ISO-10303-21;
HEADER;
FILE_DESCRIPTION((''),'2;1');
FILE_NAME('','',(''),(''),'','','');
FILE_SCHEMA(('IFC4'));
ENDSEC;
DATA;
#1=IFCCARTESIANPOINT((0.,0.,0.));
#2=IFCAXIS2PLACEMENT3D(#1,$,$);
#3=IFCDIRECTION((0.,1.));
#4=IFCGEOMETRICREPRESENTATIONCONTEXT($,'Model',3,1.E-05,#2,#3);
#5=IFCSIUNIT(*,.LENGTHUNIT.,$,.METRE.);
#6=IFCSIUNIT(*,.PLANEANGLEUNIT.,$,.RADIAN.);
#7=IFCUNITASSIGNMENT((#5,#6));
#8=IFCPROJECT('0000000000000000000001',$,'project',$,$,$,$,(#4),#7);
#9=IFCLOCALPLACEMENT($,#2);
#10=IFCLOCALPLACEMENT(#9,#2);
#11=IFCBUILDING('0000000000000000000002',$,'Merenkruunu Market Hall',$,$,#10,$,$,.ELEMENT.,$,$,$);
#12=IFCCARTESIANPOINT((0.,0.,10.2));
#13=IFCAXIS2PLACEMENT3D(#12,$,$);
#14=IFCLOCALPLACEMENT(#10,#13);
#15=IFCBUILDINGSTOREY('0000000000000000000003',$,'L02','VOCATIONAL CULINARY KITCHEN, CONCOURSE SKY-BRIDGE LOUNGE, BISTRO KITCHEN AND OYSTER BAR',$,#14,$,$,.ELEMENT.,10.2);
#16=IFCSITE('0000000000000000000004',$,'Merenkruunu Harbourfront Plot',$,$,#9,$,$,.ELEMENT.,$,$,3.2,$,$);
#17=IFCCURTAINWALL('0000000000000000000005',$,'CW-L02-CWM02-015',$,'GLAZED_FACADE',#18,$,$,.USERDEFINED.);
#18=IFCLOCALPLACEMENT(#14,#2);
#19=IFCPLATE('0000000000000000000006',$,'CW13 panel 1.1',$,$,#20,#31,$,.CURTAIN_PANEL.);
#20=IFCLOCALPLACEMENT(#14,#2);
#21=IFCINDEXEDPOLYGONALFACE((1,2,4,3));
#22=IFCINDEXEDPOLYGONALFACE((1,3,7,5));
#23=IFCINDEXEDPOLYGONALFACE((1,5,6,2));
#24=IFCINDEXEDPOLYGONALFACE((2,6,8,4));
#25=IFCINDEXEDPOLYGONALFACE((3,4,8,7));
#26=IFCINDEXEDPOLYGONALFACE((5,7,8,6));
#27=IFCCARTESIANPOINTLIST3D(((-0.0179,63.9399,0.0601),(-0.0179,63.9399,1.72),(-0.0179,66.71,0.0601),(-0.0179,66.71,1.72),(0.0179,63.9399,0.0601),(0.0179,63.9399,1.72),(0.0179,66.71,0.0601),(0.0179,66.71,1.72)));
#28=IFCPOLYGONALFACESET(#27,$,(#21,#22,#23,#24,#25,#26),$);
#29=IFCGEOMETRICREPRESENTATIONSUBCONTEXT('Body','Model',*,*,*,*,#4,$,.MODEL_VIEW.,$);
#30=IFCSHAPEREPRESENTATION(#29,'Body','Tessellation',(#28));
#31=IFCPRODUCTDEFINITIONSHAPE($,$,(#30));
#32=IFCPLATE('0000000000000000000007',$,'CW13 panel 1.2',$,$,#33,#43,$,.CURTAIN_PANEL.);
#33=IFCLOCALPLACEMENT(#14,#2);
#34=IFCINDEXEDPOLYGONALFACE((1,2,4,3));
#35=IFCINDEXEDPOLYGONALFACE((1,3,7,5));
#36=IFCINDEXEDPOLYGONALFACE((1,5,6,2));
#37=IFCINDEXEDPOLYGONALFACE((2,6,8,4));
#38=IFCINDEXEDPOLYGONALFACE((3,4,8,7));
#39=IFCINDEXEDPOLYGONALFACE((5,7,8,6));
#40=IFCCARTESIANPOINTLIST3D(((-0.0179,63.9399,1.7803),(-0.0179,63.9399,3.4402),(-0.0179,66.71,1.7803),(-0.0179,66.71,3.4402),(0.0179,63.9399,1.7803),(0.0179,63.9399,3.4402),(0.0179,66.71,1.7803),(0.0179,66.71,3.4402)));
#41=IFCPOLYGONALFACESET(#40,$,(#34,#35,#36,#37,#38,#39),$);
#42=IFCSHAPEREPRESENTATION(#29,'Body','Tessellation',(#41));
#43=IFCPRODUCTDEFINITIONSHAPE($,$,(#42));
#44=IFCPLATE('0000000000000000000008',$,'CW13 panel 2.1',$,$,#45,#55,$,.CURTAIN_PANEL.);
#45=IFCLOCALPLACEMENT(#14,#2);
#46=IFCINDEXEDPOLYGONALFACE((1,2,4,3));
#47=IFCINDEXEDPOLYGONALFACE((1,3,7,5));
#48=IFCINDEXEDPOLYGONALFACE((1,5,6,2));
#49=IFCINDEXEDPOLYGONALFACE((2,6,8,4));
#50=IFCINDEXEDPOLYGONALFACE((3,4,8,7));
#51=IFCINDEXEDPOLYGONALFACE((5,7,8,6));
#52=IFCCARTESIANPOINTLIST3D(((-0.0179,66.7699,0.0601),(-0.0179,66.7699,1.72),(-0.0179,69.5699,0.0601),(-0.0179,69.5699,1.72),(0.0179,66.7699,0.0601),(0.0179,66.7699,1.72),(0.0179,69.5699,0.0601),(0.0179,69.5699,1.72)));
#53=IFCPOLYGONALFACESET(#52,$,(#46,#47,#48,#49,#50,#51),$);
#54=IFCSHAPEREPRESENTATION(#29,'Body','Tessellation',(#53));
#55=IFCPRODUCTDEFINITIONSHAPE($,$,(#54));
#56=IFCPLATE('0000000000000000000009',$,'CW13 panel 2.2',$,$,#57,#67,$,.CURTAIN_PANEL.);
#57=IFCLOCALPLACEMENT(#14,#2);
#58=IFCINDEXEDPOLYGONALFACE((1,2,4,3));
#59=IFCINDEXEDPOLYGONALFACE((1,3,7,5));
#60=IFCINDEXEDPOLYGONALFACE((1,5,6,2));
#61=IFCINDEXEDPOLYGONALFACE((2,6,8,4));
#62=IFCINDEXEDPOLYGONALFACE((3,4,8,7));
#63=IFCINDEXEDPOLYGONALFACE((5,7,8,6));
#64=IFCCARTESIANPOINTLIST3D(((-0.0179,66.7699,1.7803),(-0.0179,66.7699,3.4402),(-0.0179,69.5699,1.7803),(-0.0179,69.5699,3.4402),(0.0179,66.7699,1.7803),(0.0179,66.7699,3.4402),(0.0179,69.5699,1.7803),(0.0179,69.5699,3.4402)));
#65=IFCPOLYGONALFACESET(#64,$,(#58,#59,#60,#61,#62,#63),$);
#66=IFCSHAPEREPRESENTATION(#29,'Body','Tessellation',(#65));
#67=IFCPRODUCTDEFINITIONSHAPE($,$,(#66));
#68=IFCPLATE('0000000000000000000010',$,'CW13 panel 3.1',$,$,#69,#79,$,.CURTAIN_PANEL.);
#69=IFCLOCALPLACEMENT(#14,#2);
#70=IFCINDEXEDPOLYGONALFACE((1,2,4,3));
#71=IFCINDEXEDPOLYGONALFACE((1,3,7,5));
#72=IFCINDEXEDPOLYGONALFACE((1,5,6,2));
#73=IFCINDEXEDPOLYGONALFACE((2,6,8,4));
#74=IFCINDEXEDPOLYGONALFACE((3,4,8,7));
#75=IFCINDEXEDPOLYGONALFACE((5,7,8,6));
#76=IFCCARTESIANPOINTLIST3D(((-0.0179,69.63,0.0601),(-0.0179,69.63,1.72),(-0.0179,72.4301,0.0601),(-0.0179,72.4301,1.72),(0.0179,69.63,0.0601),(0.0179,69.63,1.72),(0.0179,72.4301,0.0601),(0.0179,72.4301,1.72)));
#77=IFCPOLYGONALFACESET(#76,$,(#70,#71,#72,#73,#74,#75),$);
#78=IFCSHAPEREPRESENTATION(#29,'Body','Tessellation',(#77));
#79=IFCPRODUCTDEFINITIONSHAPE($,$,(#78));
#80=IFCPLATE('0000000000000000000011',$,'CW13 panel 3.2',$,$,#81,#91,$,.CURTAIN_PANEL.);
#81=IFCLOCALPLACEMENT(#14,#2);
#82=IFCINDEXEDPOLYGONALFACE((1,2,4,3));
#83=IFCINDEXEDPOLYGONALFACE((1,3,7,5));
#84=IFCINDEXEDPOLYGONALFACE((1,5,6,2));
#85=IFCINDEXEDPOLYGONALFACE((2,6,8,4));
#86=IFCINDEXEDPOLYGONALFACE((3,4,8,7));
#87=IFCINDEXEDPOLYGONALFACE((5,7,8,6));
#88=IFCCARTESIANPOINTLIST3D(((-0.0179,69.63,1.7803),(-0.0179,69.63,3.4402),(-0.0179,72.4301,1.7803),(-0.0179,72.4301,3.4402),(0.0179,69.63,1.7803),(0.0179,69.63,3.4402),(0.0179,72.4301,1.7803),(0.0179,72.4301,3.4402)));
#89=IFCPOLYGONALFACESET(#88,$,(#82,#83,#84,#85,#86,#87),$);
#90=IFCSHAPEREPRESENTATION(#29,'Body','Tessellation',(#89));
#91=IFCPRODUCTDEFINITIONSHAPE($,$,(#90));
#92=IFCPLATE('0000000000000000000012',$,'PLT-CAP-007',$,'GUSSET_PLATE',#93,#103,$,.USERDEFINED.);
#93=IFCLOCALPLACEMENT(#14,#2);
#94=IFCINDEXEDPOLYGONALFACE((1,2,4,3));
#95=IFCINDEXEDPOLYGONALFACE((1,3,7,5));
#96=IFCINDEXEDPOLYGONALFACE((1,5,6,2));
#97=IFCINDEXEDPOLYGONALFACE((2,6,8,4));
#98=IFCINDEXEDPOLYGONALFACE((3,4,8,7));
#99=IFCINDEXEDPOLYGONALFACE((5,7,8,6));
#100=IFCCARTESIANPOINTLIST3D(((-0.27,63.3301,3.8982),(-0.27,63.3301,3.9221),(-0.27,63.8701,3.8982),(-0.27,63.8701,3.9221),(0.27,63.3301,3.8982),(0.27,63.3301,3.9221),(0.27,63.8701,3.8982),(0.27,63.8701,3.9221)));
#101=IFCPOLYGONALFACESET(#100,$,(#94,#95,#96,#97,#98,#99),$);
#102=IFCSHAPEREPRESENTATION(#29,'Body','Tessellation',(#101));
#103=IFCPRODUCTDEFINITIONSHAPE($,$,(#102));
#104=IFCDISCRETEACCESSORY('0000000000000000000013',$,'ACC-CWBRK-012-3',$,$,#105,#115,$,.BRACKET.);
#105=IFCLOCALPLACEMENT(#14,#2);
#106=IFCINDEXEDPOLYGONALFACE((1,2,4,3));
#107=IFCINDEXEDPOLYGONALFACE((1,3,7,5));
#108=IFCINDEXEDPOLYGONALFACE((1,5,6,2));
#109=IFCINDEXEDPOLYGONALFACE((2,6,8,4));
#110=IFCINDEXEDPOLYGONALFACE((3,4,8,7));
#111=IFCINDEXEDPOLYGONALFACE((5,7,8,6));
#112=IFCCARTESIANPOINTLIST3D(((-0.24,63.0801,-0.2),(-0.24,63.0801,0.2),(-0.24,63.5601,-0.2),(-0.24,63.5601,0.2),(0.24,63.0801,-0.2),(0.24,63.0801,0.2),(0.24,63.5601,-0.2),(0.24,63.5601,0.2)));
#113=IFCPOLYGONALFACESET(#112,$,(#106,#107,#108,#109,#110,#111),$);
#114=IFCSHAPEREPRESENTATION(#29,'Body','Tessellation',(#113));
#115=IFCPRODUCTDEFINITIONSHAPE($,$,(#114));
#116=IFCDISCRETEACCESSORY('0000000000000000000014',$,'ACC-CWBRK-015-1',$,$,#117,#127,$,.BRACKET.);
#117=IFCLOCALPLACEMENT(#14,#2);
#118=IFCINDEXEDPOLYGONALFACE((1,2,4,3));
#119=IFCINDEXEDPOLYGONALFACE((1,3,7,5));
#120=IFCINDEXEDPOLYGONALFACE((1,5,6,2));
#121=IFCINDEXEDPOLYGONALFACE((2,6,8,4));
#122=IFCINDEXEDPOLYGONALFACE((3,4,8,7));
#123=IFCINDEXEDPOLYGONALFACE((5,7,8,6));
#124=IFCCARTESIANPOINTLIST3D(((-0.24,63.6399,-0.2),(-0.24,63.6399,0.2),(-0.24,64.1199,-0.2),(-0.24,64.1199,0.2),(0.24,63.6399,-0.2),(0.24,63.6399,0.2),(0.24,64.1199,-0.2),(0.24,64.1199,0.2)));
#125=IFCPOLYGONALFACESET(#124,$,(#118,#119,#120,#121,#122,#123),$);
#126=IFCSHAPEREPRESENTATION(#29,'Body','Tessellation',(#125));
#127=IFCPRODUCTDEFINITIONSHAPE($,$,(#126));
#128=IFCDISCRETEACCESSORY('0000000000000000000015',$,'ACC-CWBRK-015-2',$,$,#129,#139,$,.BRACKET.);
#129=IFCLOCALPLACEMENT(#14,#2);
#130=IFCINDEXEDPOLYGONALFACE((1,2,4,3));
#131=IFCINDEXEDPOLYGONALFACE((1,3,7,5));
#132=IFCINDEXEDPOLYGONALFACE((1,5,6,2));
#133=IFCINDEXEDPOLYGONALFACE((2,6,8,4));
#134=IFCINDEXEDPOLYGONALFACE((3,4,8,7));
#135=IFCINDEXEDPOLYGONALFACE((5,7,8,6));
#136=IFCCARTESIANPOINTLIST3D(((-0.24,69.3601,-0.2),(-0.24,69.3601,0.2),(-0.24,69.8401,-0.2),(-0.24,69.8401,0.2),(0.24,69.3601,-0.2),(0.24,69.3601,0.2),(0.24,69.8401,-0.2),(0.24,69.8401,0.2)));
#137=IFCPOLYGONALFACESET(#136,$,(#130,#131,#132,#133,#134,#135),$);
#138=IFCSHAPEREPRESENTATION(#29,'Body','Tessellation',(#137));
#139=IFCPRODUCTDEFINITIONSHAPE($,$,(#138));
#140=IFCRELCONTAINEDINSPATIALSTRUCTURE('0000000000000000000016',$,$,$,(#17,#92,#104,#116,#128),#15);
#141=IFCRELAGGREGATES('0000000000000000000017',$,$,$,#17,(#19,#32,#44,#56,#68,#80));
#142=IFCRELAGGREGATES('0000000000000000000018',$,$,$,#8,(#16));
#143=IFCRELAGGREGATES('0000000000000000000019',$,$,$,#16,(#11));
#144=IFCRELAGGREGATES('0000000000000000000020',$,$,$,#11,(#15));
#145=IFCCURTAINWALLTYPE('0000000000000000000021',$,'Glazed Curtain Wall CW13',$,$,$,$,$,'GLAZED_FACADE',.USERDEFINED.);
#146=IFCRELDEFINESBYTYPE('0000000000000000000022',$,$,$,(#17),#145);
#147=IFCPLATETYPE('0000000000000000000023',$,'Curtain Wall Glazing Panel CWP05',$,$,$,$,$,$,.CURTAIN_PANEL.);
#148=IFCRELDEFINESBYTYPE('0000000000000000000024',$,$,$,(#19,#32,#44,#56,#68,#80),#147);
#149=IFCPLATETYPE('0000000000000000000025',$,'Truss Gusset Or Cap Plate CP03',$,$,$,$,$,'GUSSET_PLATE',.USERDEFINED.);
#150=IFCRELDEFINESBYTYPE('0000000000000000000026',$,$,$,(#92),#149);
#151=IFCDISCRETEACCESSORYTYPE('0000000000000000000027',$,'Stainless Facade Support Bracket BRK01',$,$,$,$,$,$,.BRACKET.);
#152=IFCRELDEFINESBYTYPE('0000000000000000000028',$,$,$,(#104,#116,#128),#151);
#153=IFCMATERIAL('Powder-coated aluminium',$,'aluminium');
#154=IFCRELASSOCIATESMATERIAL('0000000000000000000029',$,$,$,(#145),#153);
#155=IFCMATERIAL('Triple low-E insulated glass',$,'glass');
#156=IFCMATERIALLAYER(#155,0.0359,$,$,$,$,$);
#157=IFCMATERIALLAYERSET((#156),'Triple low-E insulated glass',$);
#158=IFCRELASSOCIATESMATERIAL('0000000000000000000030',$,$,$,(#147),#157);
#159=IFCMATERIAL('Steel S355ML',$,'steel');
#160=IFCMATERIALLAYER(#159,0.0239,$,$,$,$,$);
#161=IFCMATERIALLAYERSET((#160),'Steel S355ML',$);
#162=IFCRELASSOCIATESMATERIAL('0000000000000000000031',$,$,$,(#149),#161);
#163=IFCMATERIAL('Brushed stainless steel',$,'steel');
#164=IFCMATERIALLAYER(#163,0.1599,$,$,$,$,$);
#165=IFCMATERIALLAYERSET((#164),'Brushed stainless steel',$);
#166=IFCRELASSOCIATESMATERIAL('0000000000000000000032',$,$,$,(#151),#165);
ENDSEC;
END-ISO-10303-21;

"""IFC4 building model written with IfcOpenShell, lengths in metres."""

from ifc_helpers import new_model, si_unit, direction, frame, origin, origin_2d, place, context, subcontext, project, spatial, rectangle, extrude, material, layer, layer_set, type_object, element, aggregate, save


model = new_model("IFC4")

# Units and contexts
model_context = context("Model", 3, precision=1e-05, world=origin(), true_north=direction((0.0, 1.0)))
body_context = subcontext(model_context, "Body", "Model", "MODEL_VIEW")
ifc_project = project(units=[si_unit("LENGTHUNIT", "METRE"), si_unit("PLANEANGLEUNIT", "RADIAN")], contexts=[model_context])

# Site, building, storey
site_placement = place(None, origin())
site = spatial("IfcSite", under=ifc_project, at=site_placement, Name="Merenkruunu Harbourfront Plot", CompositionType="ELEMENT", RefElevation=3.2)
building_placement = place(site_placement, origin())
building = spatial("IfcBuilding", under=site, at=building_placement, Name="Merenkruunu Market Hall", CompositionType="ELEMENT")
storey_placement = place(building_placement, frame((0.0, 0.0, 10.2)))
storey = spatial("IfcBuildingStorey", under=building, at=storey_placement, Name="L02", Description="VOCATIONAL CULINARY KITCHEN, CONCOURSE SKY-BRIDGE LOUNGE, BISTRO KITCHEN AND OYSTER BAR", CompositionType="ELEMENT", Elevation=10.2)

# Shared definitions
ifc_material_1 = material(Name="Steel S355ML", Category="steel")

# Shared definitions
ifc_material_2 = material(Name="Powder-coated aluminium", Category="aluminium")
curtain_wall_type = type_object("IfcCurtainWallType", Name="Glazed Curtain Wall CW13", ElementType="GLAZED_FACADE", PredefinedType="USERDEFINED", material=ifc_material_2)

# Curtain wall
curtain_wall_1_placement = place(storey_placement, origin())
curtain_wall_1 = element("IfcCurtainWall", 1, at=curtain_wall_1_placement, inside=storey, type_object=curtain_wall_type, Name="CW-L02-CWM02-015", ObjectType="GLAZED_FACADE", PredefinedType="USERDEFINED")

# Plates
ifc_material_3 = material(Name="Triple low-E insulated glass", Category="glass")
ifc_layer_1 = layer(ifc_material_3, 0.0359)
ifc_layer_set_1 = layer_set([ifc_layer_1], Name="Triple low-E insulated glass")
plate_type_1 = type_object("IfcPlateType", Name="Curtain Wall Glazing Panel CWP05", PredefinedType="CURTAIN_PANEL", material=ifc_layer_set_1)
plate_1_placement = place(storey_placement, frame((0.0, 65.325, 0.0601), z_axis=(0.0, 0.0, 1.0), x_axis=(0.0, 1.0, 0.0)))
plate_1 = element("IfcPlate", 2, at=plate_1_placement, type_object=plate_type_1, Name="CW13 panel 1.1", PredefinedType="CURTAIN_PANEL", context=body_context, shape_type="SweptSolid", body=[
    extrude(rectangle(XDim=2.77, YDim=0.0359, at=origin_2d()), origin(), (0.0, 0.0, 1.0), 1.6599),
])
plate_2_placement = place(storey_placement, frame((0.0, 65.325, 1.7803), z_axis=(0.0, 0.0, 1.0), x_axis=(0.0, 1.0, 0.0)))
plate_2 = element("IfcPlate", 3, at=plate_2_placement, type_object=plate_type_1, Name="CW13 panel 1.2", PredefinedType="CURTAIN_PANEL", context=body_context, shape_type="SweptSolid", body=[
    extrude(rectangle(XDim=2.77, YDim=0.0359, at=origin_2d()), origin(), (0.0, 0.0, 1.0), 1.6599),
])
plate_3_placement = place(storey_placement, frame((0.0, 68.1699, 0.0601), z_axis=(0.0, 0.0, 1.0), x_axis=(0.0, 1.0, 0.0)))
plate_3 = element("IfcPlate", 4, at=plate_3_placement, type_object=plate_type_1, Name="CW13 panel 2.1", PredefinedType="CURTAIN_PANEL", context=body_context, shape_type="SweptSolid", body=[
    extrude(rectangle(XDim=2.8, YDim=0.0359, at=origin_2d()), origin(), (0.0, 0.0, 1.0), 1.6599),
])
plate_4_placement = place(storey_placement, frame((0.0, 68.1699, 1.7803), z_axis=(0.0, 0.0, 1.0), x_axis=(0.0, 1.0, 0.0)))
plate_4 = element("IfcPlate", 5, at=plate_4_placement, type_object=plate_type_1, Name="CW13 panel 2.2", PredefinedType="CURTAIN_PANEL", context=body_context, shape_type="SweptSolid", body=[
    extrude(rectangle(XDim=2.8, YDim=0.0359, at=origin_2d()), origin(), (0.0, 0.0, 1.0), 1.6599),
])
plate_5_placement = place(storey_placement, frame((0.0, 71.03, 0.0601), z_axis=(0.0, 0.0, 1.0), x_axis=(0.0, 1.0, 0.0)))
plate_5 = element("IfcPlate", 6, at=plate_5_placement, type_object=plate_type_1, Name="CW13 panel 3.1", PredefinedType="CURTAIN_PANEL", context=body_context, shape_type="SweptSolid", body=[
    extrude(rectangle(XDim=2.8, YDim=0.0359, at=origin_2d()), origin(), (0.0, 0.0, 1.0), 1.6599),
])
plate_6_placement = place(storey_placement, frame((0.0, 71.03, 1.7803), z_axis=(0.0, 0.0, 1.0), x_axis=(0.0, 1.0, 0.0)))
plate_6 = element("IfcPlate", 7, at=plate_6_placement, type_object=plate_type_1, Name="CW13 panel 3.2", PredefinedType="CURTAIN_PANEL", context=body_context, shape_type="SweptSolid", body=[
    extrude(rectangle(XDim=2.8, YDim=0.0359, at=origin_2d()), origin(), (0.0, 0.0, 1.0), 1.6599),
])
aggregate(curtain_wall_1, [plate_1, plate_2, plate_3, plate_4, plate_5, plate_6])
ifc_layer_2 = layer(ifc_material_1, 0.0239)
ifc_layer_set_2 = layer_set([ifc_layer_2], Name="Steel S355ML")
plate_type_2 = type_object("IfcPlateType", Name="Truss Gusset Or Cap Plate CP03", ElementType="GUSSET_PLATE", PredefinedType="USERDEFINED", material=ifc_layer_set_2)
plate_7_placement = place(storey_placement, frame((0.0, 63.6001, 3.8982), z_axis=(0.0, 0.0, 1.0), x_axis=(1.0, 0.0, 0.0)))
element("IfcPlate", 8, at=plate_7_placement, inside=storey, type_object=plate_type_2, Name="PLT-CAP-007", ObjectType="GUSSET_PLATE", PredefinedType="USERDEFINED", context=body_context, shape_type="SweptSolid", body=[
    extrude(rectangle(XDim=0.54, YDim=0.54, at=origin_2d()), origin(), (0.0, 0.0, 1.0), 0.0239),
])

# Discrete accessories
ifc_material_4 = material(Name="Brushed stainless steel", Category="steel")
ifc_layer_3 = layer(ifc_material_4, 0.1599)
ifc_layer_set_3 = layer_set([ifc_layer_3], Name="Brushed stainless steel")
discrete_accessory_type = type_object("IfcDiscreteAccessoryType", Name="Stainless Facade Support Bracket BRK01", PredefinedType="BRACKET", material=ifc_layer_set_3)
for number, where, z_axis, x_axis, name in (
    (9, (0.0, 63.3201, -0.2), (0.0, 0.0, 1.0), (1.0, 0.0, 0.0), "ACC-CWBRK-012-3"),
    (10, (0.0, 63.8799, -0.2), (0.0, 0.0, 1.0), (1.0, 0.0, 0.0), "ACC-CWBRK-015-1"),
    (11, (0.0, 69.6001, -0.2), (0.0, 0.0, 1.0), (1.0, 0.0, 0.0), "ACC-CWBRK-015-2"),
):
    element("IfcDiscreteAccessory", number, at=place(storey_placement, frame(where, z_axis=z_axis, x_axis=x_axis)), inside=storey, type_object=discrete_accessory_type, Name=name, PredefinedType="BRACKET", context=body_context, shape_type="SweptSolid", body=[
        extrude(rectangle(XDim=0.48, YDim=0.48, at=origin_2d()), origin(), (0.0, 0.0, 1.0), 0.3999),
    ])

save(model, "model.ifc")
